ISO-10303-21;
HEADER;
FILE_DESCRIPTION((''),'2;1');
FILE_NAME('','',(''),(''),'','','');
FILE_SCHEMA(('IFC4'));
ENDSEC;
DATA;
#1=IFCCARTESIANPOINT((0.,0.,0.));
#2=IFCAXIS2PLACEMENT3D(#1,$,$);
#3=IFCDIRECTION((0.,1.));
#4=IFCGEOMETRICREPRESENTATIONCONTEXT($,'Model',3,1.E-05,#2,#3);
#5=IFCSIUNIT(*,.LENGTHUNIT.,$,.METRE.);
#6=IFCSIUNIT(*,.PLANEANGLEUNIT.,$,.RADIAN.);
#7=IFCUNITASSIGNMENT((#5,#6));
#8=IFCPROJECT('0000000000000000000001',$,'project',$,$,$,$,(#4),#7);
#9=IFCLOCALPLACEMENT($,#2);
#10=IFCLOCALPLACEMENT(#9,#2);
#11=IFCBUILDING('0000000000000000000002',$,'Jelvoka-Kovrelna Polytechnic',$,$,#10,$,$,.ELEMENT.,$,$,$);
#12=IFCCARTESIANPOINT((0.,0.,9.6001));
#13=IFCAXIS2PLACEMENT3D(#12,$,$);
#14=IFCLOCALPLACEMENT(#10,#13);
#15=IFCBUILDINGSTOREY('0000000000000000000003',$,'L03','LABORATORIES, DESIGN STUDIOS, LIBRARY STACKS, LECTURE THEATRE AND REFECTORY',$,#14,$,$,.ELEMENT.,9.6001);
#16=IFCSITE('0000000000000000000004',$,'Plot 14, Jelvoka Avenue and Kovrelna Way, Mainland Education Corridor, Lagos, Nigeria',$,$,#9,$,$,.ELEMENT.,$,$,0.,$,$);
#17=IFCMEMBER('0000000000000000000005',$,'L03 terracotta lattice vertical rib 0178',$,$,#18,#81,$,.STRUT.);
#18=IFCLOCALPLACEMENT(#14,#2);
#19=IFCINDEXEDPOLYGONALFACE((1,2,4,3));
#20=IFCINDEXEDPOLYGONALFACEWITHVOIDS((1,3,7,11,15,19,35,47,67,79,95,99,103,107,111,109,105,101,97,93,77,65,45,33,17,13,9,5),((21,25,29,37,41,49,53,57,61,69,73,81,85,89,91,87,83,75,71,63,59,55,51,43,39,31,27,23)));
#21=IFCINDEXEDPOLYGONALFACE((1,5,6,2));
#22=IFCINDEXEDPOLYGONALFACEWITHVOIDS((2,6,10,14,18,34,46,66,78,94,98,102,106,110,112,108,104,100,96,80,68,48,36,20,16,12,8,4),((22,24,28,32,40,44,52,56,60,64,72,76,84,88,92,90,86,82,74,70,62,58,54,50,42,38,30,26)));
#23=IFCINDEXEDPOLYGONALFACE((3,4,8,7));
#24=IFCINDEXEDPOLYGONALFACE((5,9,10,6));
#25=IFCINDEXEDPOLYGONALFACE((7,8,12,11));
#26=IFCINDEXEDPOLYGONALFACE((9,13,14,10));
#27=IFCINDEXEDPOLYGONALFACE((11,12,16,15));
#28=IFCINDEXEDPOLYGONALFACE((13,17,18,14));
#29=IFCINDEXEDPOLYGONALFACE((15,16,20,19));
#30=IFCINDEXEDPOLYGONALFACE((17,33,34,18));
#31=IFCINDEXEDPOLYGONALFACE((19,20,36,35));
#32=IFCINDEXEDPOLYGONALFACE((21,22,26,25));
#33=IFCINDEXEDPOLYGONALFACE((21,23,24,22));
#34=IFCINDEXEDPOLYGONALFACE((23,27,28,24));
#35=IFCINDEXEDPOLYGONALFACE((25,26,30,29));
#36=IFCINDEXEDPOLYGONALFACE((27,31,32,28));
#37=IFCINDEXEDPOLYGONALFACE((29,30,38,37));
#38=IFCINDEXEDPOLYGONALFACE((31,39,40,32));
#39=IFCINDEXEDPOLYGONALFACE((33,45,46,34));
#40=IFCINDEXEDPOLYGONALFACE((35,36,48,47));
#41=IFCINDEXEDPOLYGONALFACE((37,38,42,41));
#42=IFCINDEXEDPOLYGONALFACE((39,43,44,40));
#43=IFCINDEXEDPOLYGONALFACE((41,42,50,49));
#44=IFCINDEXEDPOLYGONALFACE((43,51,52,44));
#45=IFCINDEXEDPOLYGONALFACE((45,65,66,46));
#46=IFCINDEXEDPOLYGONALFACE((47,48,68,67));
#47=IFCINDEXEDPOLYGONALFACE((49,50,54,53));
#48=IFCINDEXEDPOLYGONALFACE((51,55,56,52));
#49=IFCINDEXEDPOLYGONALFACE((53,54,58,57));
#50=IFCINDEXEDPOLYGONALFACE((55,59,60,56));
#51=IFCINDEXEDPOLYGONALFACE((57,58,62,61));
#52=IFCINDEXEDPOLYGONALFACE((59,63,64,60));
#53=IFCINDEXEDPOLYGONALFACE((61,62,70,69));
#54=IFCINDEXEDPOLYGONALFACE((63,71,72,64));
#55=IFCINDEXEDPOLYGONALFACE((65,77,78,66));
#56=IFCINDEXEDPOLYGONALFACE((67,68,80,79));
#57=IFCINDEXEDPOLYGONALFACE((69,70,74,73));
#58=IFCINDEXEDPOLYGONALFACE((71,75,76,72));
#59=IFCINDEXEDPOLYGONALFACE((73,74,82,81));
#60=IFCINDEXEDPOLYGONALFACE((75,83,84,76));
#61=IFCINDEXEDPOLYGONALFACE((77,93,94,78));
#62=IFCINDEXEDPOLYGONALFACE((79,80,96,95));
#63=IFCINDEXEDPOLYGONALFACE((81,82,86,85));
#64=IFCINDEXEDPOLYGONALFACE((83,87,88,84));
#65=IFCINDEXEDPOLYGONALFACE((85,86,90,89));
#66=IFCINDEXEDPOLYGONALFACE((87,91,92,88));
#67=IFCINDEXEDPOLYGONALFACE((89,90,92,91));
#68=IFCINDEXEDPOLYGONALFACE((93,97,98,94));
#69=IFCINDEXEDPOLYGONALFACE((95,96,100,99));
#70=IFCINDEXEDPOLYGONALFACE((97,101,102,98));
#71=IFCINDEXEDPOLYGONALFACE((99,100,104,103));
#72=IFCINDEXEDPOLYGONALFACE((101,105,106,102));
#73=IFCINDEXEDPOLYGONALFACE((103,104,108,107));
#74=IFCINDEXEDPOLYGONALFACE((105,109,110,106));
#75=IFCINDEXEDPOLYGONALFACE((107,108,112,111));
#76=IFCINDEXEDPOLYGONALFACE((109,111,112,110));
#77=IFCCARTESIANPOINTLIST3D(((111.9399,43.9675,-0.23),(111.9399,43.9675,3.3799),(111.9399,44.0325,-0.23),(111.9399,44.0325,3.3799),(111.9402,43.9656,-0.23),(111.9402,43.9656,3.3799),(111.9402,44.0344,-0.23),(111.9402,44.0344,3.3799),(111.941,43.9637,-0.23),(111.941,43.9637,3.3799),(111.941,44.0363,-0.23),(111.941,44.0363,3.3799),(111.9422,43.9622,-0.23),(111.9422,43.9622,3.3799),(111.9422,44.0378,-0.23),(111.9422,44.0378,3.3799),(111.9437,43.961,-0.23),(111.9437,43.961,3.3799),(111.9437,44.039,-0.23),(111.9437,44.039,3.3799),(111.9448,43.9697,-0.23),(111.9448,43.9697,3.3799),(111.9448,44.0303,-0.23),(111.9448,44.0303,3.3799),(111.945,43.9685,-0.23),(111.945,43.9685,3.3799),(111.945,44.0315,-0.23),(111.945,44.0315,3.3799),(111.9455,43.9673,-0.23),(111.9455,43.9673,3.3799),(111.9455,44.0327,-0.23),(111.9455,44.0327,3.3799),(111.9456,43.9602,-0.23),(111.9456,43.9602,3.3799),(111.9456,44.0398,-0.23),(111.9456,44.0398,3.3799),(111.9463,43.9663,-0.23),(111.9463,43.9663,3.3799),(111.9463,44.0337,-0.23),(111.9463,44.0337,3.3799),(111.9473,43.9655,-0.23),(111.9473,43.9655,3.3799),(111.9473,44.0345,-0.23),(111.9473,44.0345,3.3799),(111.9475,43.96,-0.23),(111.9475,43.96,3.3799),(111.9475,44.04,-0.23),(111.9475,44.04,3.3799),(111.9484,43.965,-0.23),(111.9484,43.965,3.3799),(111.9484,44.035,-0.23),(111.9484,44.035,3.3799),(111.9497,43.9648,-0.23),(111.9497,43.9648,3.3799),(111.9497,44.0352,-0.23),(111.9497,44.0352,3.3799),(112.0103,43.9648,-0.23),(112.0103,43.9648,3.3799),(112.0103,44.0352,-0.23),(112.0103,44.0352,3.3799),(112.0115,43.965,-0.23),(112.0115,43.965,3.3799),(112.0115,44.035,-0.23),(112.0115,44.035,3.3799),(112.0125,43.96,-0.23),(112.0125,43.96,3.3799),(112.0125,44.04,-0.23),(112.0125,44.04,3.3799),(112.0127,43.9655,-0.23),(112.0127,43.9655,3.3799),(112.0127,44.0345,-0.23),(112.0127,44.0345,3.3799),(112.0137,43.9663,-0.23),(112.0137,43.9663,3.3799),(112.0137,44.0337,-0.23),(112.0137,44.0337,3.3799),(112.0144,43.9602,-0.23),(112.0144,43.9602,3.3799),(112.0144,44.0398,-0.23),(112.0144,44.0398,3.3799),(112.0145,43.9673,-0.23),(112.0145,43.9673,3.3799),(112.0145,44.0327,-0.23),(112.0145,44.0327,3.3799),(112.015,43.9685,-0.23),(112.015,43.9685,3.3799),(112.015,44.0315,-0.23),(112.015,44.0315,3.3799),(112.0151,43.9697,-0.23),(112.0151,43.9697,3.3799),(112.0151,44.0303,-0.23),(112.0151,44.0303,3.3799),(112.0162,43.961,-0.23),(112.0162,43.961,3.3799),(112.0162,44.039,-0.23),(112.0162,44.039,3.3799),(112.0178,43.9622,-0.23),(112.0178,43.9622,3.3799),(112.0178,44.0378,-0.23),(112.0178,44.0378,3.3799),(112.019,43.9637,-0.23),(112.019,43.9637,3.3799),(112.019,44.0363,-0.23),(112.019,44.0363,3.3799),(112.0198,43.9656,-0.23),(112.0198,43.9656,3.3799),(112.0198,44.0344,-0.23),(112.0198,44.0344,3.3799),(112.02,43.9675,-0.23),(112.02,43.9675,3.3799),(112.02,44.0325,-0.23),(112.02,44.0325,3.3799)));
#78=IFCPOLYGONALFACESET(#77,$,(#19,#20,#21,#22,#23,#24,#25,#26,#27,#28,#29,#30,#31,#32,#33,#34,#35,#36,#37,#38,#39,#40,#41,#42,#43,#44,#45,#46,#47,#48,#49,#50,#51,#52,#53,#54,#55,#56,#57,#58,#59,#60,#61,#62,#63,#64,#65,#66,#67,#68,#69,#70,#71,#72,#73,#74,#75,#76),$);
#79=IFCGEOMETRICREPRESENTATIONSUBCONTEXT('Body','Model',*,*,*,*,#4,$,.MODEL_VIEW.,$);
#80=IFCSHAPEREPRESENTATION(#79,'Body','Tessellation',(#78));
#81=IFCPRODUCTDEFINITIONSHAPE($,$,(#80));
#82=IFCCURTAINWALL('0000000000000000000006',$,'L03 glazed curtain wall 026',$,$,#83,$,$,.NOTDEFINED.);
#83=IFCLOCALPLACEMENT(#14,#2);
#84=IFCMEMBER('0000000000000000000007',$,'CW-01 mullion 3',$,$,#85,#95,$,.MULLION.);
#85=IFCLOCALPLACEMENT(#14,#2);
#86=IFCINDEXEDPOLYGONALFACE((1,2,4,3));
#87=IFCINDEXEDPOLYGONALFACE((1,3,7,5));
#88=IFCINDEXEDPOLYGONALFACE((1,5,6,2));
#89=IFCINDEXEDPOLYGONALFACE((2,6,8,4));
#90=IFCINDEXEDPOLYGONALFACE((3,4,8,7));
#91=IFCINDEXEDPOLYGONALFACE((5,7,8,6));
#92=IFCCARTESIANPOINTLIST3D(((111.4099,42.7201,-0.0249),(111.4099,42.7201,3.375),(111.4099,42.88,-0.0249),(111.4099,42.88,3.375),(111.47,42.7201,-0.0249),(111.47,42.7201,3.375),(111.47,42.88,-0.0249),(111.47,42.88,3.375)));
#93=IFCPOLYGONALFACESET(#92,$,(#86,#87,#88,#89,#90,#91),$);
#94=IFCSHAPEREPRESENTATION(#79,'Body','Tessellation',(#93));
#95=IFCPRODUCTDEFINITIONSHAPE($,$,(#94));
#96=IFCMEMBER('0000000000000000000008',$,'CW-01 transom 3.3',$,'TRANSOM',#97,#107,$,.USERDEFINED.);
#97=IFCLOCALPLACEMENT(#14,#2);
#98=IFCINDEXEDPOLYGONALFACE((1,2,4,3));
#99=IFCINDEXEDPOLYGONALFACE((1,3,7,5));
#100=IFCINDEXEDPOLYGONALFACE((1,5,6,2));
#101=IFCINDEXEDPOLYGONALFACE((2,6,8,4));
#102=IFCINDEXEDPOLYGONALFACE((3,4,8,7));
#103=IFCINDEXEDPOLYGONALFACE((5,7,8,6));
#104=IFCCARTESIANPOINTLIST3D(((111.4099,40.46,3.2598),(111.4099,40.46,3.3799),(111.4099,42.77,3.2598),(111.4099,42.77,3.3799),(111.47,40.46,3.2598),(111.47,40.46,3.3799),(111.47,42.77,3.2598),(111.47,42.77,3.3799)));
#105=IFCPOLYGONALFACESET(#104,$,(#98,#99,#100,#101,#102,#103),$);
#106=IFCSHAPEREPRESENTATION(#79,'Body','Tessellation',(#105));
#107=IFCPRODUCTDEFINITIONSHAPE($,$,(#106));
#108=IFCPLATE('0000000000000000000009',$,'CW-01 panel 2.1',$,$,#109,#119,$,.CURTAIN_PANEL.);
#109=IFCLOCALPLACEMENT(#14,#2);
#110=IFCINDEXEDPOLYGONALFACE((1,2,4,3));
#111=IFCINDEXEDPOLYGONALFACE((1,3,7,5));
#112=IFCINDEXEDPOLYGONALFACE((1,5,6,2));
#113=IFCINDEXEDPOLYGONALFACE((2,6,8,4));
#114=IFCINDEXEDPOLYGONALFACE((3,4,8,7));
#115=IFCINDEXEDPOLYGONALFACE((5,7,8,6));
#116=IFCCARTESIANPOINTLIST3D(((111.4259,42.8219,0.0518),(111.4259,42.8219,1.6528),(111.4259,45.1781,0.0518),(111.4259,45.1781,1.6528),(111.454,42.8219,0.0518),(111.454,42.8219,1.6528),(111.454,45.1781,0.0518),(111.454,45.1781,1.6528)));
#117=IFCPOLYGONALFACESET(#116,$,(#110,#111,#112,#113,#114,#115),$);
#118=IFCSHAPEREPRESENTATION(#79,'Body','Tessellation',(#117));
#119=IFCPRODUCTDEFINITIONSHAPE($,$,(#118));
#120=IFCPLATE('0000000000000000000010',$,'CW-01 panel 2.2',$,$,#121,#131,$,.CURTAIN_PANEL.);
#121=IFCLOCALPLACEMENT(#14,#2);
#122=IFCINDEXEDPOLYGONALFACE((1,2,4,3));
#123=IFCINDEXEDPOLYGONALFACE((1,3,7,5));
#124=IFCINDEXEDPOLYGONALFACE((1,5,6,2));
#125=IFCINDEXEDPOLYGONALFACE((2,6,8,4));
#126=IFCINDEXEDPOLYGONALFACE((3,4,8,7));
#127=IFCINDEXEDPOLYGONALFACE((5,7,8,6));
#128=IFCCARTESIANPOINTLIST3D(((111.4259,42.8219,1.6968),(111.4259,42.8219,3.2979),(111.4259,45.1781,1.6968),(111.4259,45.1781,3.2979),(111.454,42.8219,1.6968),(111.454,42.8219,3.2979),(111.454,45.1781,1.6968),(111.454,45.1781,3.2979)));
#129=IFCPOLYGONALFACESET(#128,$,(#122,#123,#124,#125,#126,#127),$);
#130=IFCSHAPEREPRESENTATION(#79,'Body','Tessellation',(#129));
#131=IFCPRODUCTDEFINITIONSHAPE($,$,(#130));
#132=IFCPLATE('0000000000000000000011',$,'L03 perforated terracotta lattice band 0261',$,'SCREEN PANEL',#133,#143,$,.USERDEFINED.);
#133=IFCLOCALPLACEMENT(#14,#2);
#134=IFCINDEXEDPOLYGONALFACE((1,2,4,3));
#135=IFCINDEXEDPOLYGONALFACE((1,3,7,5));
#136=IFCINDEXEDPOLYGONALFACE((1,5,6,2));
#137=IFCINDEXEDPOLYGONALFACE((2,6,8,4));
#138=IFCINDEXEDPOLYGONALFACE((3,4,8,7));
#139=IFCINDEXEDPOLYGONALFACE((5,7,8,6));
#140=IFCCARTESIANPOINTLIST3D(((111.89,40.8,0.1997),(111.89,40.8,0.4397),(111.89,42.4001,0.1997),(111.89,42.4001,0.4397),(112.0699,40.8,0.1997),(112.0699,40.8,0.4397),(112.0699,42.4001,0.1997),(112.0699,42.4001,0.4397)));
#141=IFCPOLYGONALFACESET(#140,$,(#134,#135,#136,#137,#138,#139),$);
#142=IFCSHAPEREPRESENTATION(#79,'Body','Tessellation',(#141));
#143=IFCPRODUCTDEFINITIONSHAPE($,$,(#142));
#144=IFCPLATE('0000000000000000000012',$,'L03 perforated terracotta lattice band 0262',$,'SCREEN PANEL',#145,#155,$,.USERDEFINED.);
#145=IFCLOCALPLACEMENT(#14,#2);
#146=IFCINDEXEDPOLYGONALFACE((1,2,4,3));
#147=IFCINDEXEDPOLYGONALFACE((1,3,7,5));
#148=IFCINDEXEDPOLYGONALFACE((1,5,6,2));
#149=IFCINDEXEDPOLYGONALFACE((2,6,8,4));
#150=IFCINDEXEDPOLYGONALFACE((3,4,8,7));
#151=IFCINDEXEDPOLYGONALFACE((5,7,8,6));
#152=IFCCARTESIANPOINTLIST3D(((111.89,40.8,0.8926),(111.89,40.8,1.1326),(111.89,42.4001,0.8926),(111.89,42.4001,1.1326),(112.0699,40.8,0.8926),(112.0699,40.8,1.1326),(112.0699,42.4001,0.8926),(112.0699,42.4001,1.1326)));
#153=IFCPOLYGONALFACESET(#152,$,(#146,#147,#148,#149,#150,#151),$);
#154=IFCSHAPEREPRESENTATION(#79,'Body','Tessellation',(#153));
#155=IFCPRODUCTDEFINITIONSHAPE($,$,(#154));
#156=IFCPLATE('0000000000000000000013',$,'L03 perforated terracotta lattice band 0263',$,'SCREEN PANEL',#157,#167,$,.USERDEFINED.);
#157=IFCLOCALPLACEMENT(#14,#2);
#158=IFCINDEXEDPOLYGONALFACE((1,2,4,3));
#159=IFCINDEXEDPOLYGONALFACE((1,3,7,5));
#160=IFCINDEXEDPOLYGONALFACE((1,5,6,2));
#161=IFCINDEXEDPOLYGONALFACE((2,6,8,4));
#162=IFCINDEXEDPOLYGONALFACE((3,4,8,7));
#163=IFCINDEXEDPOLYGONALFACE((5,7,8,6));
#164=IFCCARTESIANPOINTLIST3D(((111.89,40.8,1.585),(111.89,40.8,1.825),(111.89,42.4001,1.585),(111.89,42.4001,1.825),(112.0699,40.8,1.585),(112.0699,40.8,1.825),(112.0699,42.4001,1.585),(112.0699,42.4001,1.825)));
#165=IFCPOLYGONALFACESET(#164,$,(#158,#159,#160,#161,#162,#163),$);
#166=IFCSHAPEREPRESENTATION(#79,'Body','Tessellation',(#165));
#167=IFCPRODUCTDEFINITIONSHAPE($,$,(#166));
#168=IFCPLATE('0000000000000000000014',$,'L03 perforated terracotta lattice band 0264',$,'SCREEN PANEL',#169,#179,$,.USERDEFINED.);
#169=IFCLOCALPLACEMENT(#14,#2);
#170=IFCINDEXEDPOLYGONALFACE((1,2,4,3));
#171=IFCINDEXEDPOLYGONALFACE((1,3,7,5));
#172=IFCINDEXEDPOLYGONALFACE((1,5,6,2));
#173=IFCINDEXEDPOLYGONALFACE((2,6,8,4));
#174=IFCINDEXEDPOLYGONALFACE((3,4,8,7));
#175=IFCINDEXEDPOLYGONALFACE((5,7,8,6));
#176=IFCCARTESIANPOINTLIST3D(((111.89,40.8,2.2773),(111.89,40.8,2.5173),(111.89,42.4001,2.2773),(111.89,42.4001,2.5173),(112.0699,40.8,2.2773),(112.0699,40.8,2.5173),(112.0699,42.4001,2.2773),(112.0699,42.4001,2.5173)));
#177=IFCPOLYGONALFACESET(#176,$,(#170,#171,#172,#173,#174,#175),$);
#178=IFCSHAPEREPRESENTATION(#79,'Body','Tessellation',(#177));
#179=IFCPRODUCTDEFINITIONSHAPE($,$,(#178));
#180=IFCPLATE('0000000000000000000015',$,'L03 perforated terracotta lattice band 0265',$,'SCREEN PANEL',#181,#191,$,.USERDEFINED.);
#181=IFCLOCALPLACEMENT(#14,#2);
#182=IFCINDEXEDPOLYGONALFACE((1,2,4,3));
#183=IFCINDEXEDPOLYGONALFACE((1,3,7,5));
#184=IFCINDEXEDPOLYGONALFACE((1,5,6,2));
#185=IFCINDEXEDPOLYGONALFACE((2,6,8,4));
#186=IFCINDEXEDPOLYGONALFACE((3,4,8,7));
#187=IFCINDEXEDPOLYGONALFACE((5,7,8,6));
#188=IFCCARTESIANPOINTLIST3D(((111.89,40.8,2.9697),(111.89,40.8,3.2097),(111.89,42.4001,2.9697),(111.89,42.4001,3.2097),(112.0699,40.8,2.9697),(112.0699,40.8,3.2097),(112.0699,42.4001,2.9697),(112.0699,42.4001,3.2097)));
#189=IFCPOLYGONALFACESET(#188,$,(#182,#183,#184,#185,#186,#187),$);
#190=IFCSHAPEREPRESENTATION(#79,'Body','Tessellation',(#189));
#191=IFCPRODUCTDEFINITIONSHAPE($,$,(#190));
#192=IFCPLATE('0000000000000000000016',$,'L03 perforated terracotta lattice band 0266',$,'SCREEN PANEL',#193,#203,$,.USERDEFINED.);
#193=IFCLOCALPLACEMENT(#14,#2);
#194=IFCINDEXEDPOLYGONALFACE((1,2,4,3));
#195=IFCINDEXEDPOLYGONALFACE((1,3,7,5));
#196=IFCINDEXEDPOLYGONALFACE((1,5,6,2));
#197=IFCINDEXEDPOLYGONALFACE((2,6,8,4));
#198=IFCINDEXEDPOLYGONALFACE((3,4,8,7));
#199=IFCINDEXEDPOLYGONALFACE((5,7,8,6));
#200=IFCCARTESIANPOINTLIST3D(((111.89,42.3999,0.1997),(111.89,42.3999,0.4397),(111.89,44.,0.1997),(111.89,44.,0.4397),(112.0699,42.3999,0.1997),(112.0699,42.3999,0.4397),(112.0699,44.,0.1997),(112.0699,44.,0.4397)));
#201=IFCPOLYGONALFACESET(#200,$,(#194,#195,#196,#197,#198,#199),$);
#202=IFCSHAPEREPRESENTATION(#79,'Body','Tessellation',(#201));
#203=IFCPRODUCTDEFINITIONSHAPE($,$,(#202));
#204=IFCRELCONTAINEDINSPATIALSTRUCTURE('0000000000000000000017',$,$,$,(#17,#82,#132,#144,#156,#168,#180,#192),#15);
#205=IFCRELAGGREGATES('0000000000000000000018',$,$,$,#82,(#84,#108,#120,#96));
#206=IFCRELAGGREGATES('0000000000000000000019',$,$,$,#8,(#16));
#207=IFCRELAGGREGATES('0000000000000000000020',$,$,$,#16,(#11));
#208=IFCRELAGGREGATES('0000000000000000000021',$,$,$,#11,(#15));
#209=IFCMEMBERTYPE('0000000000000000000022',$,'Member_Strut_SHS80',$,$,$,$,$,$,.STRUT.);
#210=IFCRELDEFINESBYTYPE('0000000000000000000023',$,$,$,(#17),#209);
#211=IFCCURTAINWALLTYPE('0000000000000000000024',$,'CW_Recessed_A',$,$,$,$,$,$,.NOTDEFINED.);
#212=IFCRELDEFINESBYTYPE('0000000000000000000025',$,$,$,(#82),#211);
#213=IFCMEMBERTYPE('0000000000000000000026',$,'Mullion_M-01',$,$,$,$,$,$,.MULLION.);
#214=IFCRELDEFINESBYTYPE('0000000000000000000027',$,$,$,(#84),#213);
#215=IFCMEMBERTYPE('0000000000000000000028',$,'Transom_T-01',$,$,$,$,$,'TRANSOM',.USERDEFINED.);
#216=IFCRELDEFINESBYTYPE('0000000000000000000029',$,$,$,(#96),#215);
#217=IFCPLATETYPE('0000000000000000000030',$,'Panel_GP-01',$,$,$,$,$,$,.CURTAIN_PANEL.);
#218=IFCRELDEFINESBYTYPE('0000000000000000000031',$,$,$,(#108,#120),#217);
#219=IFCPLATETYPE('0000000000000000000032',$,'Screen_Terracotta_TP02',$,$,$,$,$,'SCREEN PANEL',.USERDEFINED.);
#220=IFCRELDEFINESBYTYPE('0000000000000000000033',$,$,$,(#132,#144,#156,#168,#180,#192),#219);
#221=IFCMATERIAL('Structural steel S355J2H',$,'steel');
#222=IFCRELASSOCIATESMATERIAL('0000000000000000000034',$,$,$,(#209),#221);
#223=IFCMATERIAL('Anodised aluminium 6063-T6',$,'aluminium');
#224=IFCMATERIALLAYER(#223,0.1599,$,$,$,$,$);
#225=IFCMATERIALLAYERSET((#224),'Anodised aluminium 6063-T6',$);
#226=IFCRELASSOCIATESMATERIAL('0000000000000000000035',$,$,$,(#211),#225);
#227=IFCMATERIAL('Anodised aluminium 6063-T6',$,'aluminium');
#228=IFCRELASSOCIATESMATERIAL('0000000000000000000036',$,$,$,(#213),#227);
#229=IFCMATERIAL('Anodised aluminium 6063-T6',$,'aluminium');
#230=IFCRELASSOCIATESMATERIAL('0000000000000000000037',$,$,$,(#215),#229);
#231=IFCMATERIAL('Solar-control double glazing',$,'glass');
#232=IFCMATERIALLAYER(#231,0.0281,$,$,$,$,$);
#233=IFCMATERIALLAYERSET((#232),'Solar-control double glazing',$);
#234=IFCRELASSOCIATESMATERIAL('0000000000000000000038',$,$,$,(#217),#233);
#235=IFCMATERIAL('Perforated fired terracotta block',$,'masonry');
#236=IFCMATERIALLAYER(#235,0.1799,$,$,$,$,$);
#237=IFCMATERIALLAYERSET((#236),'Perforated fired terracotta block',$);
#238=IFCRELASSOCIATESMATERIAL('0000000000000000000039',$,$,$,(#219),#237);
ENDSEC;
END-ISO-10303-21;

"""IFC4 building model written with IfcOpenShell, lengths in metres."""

from ifc_helpers import new_model, si_unit, direction, frame, origin, origin_2d, place, context, subcontext, project, spatial, rectangle, hollow_rectangle, extrude, material, layer, layer_set, material_profile, profile_set, type_object, element, aggregate, save


model = new_model("IFC4")

# Units and contexts
model_context = context("Model", 3, precision=1e-05, world=origin(), true_north=direction((0.0, 1.0)))
body_context = subcontext(model_context, "Body", "Model", "MODEL_VIEW")
ifc_project = project(units=[si_unit("LENGTHUNIT", "METRE"), si_unit("PLANEANGLEUNIT", "RADIAN")], contexts=[model_context])

# Site, building, storey
site_placement = place(None, origin())
site = spatial("IfcSite", under=ifc_project, at=site_placement, Name="Plot 14, Jelvoka Avenue and Kovrelna Way, Mainland Education Corridor, Lagos, Nigeria", CompositionType="ELEMENT", RefElevation=0.0)
building_placement = place(site_placement, origin())
building = spatial("IfcBuilding", under=site, at=building_placement, Name="Jelvoka-Kovrelna Polytechnic", CompositionType="ELEMENT")
storey_placement = place(building_placement, frame((0.0, 0.0, 9.6001)))
storey = spatial("IfcBuildingStorey", under=building, at=storey_placement, Name="L03", Description="LABORATORIES, DESIGN STUDIOS, LIBRARY STACKS, LECTURE THEATRE AND REFECTORY", CompositionType="ELEMENT", Elevation=9.6001)

# Member
ifc_material_1 = material(Name="Structural steel S355J2H", Category="steel")
ifc_material_profile_1 = material_profile(ifc_material_1, hollow_rectangle(XDim=0.0801, YDim=0.0801, WallThickness=0.0049, InnerFilletRadius=0.0049, OuterFilletRadius=0.0076, at=origin_2d()), Name="80x80x5.0 SHS")
ifc_profile_set_1 = profile_set([ifc_material_profile_1], Name="Structural steel S355J2H")
member_type_1 = type_object("IfcMemberType", Name="Member_Strut_SHS80", PredefinedType="STRUT", material=ifc_profile_set_1)
for number, where, z_axis, x_axis, name in (
    (1, (111.98, 44.0, -0.23), (0.0, 0.0, 1.0), (1.0, 0.0, 0.0), "L03 terracotta lattice vertical rib 0178"),
):
    element("IfcMember", number, at=place(storey_placement, frame(where, z_axis=z_axis, x_axis=x_axis)), inside=storey, type_object=member_type_1, Name=name, PredefinedType="STRUT", context=body_context, shape_type="SweptSolid", body=[
        extrude(hollow_rectangle(XDim=0.0801, YDim=0.0801, WallThickness=0.0049, InnerFilletRadius=0.0049, OuterFilletRadius=0.0076, at=origin_2d()), origin(), (0.0, 0.0, 1.0), 3.6099),
    ])

# Curtain wall, members, plates
ifc_material_2 = material(Name="Anodised aluminium 6063-T6", Category="aluminium")
ifc_layer_1 = layer(ifc_material_2, 0.1599)
ifc_layer_set_1 = layer_set([ifc_layer_1], Name="Anodised aluminium 6063-T6")
curtain_wall_type = type_object("IfcCurtainWallType", Name="CW_Recessed_A", PredefinedType="NOTDEFINED", material=ifc_layer_set_1)
curtain_wall_placement = place(storey_placement, origin())
curtain_wall = element("IfcCurtainWall", 2, at=curtain_wall_placement, inside=storey, type_object=curtain_wall_type, Name="L03 glazed curtain wall 026", PredefinedType="NOTDEFINED")
ifc_material_3 = material(Name="Anodised aluminium 6063-T6", Category="aluminium")
ifc_material_profile_2 = material_profile(ifc_material_3, rectangle(XDim=0.0601, YDim=0.1599, at=origin_2d()), Name="ALU 60x160")
ifc_profile_set_2 = profile_set([ifc_material_profile_2], Name="Anodised aluminium 6063-T6")
member_type_2 = type_object("IfcMemberType", Name="Mullion_M-01", PredefinedType="MULLION", material=ifc_profile_set_2)
member_1_placement = place(storey_placement, frame((111.4399, 42.8, -0.0249), z_axis=(0.0, 0.0, 1.0), x_axis=(1.0, 0.0, 0.0)))
member_1 = element("IfcMember", 3, at=member_1_placement, type_object=member_type_2, Name="CW-01 mullion 3", PredefinedType="MULLION", context=body_context, shape_type="SweptSolid", body=[
    extrude(rectangle(XDim=0.0601, YDim=0.1599, at=origin_2d()), origin(), (0.0, 0.0, 1.0), 3.3999),
])
ifc_material_4 = material(Name="Anodised aluminium 6063-T6", Category="aluminium")
ifc_material_profile_3 = material_profile(ifc_material_4, rectangle(XDim=0.0601, YDim=0.1201, at=origin_2d()), Name="ALU 60x120")
ifc_profile_set_3 = profile_set([ifc_material_profile_3], Name="Anodised aluminium 6063-T6")
member_type_3 = type_object("IfcMemberType", Name="Transom_T-01", ElementType="TRANSOM", PredefinedType="USERDEFINED", material=ifc_profile_set_3)
member_2_placement = place(storey_placement, frame((111.4399, 42.77, 3.3198), z_axis=(0.0, -1.0, 0.0), x_axis=(1.0, 0.0, 0.0)))
member_2 = element("IfcMember", 4, at=member_2_placement, type_object=member_type_3, Name="CW-01 transom 3.3", ObjectType="TRANSOM", PredefinedType="USERDEFINED", context=body_context, shape_type="SweptSolid", body=[
    extrude(rectangle(XDim=0.0601, YDim=0.1201, at=origin_2d()), origin(), (0.0, 0.0, 1.0), 2.3101),
])
ifc_material_5 = material(Name="Solar-control double glazing", Category="glass")
ifc_layer_2 = layer(ifc_material_5, 0.0281)
ifc_layer_set_2 = layer_set([ifc_layer_2], Name="Solar-control double glazing")
plate_type_1 = type_object("IfcPlateType", Name="Panel_GP-01", PredefinedType="CURTAIN_PANEL", material=ifc_layer_set_2)
plate_1_placement = place(storey_placement, frame((111.4399, 44.0, 0.0518), z_axis=(0.0, 0.0, 1.0), x_axis=(0.0, -1.0, 0.0)))
plate_1 = element("IfcPlate", 5, at=plate_1_placement, type_object=plate_type_1, Name="CW-01 panel 2.1", PredefinedType="CURTAIN_PANEL", context=body_context, shape_type="SweptSolid", body=[
    extrude(rectangle(XDim=2.3562, YDim=0.0281, at=origin_2d()), origin(), (0.0, 0.0, 1.0), 1.6011),
])
plate_2_placement = place(storey_placement, frame((111.4399, 44.0, 1.6968), z_axis=(0.0, 0.0, 1.0), x_axis=(0.0, -1.0, 0.0)))
plate_2 = element("IfcPlate", 6, at=plate_2_placement, type_object=plate_type_1, Name="CW-01 panel 2.2", PredefinedType="CURTAIN_PANEL", context=body_context, shape_type="SweptSolid", body=[
    extrude(rectangle(XDim=2.3562, YDim=0.0281, at=origin_2d()), origin(), (0.0, 0.0, 1.0), 1.6011),
])
aggregate(curtain_wall, [member_1, plate_1, plate_2, member_2])

# Plates
ifc_material_6 = material(Name="Perforated fired terracotta block", Category="masonry")
ifc_layer_3 = layer(ifc_material_6, 0.1799)
ifc_layer_set_3 = layer_set([ifc_layer_3], Name="Perforated fired terracotta block")
plate_type_2 = type_object("IfcPlateType", Name="Screen_Terracotta_TP02", ElementType="SCREEN PANEL", PredefinedType="USERDEFINED", material=ifc_layer_set_3)
for number, where, z_axis, x_axis, name in (
    (7, (111.98, 41.6001, 0.1997), (0.0, 0.0, 1.0), (0.0, 1.0, 0.0), "L03 perforated terracotta lattice band 0261"),
    (8, (111.98, 41.6001, 0.8926), (0.0, 0.0, 1.0), (0.0, 1.0, 0.0), "L03 perforated terracotta lattice band 0262"),
    (9, (111.98, 41.6001, 1.585), (0.0, 0.0, 1.0), (0.0, 1.0, 0.0), "L03 perforated terracotta lattice band 0263"),
    (10, (111.98, 41.6001, 2.2773), (0.0, 0.0, 1.0), (0.0, 1.0, 0.0), "L03 perforated terracotta lattice band 0264"),
    (11, (111.98, 41.6001, 2.9697), (0.0, 0.0, 1.0), (0.0, 1.0, 0.0), "L03 perforated terracotta lattice band 0265"),
    (12, (111.98, 43.2, 0.1997), (0.0, 0.0, 1.0), (0.0, 1.0, 0.0), "L03 perforated terracotta lattice band 0266"),
):
    element("IfcPlate", number, at=place(storey_placement, frame(where, z_axis=z_axis, x_axis=x_axis)), inside=storey, type_object=plate_type_2, Name=name, ObjectType="SCREEN PANEL", PredefinedType="USERDEFINED", context=body_context, shape_type="SweptSolid", body=[
        extrude(rectangle(XDim=1.6001, YDim=0.1799, at=origin_2d()), origin(), (0.0, 0.0, 1.0), 0.24),
    ])

save(model, "model.ifc")
